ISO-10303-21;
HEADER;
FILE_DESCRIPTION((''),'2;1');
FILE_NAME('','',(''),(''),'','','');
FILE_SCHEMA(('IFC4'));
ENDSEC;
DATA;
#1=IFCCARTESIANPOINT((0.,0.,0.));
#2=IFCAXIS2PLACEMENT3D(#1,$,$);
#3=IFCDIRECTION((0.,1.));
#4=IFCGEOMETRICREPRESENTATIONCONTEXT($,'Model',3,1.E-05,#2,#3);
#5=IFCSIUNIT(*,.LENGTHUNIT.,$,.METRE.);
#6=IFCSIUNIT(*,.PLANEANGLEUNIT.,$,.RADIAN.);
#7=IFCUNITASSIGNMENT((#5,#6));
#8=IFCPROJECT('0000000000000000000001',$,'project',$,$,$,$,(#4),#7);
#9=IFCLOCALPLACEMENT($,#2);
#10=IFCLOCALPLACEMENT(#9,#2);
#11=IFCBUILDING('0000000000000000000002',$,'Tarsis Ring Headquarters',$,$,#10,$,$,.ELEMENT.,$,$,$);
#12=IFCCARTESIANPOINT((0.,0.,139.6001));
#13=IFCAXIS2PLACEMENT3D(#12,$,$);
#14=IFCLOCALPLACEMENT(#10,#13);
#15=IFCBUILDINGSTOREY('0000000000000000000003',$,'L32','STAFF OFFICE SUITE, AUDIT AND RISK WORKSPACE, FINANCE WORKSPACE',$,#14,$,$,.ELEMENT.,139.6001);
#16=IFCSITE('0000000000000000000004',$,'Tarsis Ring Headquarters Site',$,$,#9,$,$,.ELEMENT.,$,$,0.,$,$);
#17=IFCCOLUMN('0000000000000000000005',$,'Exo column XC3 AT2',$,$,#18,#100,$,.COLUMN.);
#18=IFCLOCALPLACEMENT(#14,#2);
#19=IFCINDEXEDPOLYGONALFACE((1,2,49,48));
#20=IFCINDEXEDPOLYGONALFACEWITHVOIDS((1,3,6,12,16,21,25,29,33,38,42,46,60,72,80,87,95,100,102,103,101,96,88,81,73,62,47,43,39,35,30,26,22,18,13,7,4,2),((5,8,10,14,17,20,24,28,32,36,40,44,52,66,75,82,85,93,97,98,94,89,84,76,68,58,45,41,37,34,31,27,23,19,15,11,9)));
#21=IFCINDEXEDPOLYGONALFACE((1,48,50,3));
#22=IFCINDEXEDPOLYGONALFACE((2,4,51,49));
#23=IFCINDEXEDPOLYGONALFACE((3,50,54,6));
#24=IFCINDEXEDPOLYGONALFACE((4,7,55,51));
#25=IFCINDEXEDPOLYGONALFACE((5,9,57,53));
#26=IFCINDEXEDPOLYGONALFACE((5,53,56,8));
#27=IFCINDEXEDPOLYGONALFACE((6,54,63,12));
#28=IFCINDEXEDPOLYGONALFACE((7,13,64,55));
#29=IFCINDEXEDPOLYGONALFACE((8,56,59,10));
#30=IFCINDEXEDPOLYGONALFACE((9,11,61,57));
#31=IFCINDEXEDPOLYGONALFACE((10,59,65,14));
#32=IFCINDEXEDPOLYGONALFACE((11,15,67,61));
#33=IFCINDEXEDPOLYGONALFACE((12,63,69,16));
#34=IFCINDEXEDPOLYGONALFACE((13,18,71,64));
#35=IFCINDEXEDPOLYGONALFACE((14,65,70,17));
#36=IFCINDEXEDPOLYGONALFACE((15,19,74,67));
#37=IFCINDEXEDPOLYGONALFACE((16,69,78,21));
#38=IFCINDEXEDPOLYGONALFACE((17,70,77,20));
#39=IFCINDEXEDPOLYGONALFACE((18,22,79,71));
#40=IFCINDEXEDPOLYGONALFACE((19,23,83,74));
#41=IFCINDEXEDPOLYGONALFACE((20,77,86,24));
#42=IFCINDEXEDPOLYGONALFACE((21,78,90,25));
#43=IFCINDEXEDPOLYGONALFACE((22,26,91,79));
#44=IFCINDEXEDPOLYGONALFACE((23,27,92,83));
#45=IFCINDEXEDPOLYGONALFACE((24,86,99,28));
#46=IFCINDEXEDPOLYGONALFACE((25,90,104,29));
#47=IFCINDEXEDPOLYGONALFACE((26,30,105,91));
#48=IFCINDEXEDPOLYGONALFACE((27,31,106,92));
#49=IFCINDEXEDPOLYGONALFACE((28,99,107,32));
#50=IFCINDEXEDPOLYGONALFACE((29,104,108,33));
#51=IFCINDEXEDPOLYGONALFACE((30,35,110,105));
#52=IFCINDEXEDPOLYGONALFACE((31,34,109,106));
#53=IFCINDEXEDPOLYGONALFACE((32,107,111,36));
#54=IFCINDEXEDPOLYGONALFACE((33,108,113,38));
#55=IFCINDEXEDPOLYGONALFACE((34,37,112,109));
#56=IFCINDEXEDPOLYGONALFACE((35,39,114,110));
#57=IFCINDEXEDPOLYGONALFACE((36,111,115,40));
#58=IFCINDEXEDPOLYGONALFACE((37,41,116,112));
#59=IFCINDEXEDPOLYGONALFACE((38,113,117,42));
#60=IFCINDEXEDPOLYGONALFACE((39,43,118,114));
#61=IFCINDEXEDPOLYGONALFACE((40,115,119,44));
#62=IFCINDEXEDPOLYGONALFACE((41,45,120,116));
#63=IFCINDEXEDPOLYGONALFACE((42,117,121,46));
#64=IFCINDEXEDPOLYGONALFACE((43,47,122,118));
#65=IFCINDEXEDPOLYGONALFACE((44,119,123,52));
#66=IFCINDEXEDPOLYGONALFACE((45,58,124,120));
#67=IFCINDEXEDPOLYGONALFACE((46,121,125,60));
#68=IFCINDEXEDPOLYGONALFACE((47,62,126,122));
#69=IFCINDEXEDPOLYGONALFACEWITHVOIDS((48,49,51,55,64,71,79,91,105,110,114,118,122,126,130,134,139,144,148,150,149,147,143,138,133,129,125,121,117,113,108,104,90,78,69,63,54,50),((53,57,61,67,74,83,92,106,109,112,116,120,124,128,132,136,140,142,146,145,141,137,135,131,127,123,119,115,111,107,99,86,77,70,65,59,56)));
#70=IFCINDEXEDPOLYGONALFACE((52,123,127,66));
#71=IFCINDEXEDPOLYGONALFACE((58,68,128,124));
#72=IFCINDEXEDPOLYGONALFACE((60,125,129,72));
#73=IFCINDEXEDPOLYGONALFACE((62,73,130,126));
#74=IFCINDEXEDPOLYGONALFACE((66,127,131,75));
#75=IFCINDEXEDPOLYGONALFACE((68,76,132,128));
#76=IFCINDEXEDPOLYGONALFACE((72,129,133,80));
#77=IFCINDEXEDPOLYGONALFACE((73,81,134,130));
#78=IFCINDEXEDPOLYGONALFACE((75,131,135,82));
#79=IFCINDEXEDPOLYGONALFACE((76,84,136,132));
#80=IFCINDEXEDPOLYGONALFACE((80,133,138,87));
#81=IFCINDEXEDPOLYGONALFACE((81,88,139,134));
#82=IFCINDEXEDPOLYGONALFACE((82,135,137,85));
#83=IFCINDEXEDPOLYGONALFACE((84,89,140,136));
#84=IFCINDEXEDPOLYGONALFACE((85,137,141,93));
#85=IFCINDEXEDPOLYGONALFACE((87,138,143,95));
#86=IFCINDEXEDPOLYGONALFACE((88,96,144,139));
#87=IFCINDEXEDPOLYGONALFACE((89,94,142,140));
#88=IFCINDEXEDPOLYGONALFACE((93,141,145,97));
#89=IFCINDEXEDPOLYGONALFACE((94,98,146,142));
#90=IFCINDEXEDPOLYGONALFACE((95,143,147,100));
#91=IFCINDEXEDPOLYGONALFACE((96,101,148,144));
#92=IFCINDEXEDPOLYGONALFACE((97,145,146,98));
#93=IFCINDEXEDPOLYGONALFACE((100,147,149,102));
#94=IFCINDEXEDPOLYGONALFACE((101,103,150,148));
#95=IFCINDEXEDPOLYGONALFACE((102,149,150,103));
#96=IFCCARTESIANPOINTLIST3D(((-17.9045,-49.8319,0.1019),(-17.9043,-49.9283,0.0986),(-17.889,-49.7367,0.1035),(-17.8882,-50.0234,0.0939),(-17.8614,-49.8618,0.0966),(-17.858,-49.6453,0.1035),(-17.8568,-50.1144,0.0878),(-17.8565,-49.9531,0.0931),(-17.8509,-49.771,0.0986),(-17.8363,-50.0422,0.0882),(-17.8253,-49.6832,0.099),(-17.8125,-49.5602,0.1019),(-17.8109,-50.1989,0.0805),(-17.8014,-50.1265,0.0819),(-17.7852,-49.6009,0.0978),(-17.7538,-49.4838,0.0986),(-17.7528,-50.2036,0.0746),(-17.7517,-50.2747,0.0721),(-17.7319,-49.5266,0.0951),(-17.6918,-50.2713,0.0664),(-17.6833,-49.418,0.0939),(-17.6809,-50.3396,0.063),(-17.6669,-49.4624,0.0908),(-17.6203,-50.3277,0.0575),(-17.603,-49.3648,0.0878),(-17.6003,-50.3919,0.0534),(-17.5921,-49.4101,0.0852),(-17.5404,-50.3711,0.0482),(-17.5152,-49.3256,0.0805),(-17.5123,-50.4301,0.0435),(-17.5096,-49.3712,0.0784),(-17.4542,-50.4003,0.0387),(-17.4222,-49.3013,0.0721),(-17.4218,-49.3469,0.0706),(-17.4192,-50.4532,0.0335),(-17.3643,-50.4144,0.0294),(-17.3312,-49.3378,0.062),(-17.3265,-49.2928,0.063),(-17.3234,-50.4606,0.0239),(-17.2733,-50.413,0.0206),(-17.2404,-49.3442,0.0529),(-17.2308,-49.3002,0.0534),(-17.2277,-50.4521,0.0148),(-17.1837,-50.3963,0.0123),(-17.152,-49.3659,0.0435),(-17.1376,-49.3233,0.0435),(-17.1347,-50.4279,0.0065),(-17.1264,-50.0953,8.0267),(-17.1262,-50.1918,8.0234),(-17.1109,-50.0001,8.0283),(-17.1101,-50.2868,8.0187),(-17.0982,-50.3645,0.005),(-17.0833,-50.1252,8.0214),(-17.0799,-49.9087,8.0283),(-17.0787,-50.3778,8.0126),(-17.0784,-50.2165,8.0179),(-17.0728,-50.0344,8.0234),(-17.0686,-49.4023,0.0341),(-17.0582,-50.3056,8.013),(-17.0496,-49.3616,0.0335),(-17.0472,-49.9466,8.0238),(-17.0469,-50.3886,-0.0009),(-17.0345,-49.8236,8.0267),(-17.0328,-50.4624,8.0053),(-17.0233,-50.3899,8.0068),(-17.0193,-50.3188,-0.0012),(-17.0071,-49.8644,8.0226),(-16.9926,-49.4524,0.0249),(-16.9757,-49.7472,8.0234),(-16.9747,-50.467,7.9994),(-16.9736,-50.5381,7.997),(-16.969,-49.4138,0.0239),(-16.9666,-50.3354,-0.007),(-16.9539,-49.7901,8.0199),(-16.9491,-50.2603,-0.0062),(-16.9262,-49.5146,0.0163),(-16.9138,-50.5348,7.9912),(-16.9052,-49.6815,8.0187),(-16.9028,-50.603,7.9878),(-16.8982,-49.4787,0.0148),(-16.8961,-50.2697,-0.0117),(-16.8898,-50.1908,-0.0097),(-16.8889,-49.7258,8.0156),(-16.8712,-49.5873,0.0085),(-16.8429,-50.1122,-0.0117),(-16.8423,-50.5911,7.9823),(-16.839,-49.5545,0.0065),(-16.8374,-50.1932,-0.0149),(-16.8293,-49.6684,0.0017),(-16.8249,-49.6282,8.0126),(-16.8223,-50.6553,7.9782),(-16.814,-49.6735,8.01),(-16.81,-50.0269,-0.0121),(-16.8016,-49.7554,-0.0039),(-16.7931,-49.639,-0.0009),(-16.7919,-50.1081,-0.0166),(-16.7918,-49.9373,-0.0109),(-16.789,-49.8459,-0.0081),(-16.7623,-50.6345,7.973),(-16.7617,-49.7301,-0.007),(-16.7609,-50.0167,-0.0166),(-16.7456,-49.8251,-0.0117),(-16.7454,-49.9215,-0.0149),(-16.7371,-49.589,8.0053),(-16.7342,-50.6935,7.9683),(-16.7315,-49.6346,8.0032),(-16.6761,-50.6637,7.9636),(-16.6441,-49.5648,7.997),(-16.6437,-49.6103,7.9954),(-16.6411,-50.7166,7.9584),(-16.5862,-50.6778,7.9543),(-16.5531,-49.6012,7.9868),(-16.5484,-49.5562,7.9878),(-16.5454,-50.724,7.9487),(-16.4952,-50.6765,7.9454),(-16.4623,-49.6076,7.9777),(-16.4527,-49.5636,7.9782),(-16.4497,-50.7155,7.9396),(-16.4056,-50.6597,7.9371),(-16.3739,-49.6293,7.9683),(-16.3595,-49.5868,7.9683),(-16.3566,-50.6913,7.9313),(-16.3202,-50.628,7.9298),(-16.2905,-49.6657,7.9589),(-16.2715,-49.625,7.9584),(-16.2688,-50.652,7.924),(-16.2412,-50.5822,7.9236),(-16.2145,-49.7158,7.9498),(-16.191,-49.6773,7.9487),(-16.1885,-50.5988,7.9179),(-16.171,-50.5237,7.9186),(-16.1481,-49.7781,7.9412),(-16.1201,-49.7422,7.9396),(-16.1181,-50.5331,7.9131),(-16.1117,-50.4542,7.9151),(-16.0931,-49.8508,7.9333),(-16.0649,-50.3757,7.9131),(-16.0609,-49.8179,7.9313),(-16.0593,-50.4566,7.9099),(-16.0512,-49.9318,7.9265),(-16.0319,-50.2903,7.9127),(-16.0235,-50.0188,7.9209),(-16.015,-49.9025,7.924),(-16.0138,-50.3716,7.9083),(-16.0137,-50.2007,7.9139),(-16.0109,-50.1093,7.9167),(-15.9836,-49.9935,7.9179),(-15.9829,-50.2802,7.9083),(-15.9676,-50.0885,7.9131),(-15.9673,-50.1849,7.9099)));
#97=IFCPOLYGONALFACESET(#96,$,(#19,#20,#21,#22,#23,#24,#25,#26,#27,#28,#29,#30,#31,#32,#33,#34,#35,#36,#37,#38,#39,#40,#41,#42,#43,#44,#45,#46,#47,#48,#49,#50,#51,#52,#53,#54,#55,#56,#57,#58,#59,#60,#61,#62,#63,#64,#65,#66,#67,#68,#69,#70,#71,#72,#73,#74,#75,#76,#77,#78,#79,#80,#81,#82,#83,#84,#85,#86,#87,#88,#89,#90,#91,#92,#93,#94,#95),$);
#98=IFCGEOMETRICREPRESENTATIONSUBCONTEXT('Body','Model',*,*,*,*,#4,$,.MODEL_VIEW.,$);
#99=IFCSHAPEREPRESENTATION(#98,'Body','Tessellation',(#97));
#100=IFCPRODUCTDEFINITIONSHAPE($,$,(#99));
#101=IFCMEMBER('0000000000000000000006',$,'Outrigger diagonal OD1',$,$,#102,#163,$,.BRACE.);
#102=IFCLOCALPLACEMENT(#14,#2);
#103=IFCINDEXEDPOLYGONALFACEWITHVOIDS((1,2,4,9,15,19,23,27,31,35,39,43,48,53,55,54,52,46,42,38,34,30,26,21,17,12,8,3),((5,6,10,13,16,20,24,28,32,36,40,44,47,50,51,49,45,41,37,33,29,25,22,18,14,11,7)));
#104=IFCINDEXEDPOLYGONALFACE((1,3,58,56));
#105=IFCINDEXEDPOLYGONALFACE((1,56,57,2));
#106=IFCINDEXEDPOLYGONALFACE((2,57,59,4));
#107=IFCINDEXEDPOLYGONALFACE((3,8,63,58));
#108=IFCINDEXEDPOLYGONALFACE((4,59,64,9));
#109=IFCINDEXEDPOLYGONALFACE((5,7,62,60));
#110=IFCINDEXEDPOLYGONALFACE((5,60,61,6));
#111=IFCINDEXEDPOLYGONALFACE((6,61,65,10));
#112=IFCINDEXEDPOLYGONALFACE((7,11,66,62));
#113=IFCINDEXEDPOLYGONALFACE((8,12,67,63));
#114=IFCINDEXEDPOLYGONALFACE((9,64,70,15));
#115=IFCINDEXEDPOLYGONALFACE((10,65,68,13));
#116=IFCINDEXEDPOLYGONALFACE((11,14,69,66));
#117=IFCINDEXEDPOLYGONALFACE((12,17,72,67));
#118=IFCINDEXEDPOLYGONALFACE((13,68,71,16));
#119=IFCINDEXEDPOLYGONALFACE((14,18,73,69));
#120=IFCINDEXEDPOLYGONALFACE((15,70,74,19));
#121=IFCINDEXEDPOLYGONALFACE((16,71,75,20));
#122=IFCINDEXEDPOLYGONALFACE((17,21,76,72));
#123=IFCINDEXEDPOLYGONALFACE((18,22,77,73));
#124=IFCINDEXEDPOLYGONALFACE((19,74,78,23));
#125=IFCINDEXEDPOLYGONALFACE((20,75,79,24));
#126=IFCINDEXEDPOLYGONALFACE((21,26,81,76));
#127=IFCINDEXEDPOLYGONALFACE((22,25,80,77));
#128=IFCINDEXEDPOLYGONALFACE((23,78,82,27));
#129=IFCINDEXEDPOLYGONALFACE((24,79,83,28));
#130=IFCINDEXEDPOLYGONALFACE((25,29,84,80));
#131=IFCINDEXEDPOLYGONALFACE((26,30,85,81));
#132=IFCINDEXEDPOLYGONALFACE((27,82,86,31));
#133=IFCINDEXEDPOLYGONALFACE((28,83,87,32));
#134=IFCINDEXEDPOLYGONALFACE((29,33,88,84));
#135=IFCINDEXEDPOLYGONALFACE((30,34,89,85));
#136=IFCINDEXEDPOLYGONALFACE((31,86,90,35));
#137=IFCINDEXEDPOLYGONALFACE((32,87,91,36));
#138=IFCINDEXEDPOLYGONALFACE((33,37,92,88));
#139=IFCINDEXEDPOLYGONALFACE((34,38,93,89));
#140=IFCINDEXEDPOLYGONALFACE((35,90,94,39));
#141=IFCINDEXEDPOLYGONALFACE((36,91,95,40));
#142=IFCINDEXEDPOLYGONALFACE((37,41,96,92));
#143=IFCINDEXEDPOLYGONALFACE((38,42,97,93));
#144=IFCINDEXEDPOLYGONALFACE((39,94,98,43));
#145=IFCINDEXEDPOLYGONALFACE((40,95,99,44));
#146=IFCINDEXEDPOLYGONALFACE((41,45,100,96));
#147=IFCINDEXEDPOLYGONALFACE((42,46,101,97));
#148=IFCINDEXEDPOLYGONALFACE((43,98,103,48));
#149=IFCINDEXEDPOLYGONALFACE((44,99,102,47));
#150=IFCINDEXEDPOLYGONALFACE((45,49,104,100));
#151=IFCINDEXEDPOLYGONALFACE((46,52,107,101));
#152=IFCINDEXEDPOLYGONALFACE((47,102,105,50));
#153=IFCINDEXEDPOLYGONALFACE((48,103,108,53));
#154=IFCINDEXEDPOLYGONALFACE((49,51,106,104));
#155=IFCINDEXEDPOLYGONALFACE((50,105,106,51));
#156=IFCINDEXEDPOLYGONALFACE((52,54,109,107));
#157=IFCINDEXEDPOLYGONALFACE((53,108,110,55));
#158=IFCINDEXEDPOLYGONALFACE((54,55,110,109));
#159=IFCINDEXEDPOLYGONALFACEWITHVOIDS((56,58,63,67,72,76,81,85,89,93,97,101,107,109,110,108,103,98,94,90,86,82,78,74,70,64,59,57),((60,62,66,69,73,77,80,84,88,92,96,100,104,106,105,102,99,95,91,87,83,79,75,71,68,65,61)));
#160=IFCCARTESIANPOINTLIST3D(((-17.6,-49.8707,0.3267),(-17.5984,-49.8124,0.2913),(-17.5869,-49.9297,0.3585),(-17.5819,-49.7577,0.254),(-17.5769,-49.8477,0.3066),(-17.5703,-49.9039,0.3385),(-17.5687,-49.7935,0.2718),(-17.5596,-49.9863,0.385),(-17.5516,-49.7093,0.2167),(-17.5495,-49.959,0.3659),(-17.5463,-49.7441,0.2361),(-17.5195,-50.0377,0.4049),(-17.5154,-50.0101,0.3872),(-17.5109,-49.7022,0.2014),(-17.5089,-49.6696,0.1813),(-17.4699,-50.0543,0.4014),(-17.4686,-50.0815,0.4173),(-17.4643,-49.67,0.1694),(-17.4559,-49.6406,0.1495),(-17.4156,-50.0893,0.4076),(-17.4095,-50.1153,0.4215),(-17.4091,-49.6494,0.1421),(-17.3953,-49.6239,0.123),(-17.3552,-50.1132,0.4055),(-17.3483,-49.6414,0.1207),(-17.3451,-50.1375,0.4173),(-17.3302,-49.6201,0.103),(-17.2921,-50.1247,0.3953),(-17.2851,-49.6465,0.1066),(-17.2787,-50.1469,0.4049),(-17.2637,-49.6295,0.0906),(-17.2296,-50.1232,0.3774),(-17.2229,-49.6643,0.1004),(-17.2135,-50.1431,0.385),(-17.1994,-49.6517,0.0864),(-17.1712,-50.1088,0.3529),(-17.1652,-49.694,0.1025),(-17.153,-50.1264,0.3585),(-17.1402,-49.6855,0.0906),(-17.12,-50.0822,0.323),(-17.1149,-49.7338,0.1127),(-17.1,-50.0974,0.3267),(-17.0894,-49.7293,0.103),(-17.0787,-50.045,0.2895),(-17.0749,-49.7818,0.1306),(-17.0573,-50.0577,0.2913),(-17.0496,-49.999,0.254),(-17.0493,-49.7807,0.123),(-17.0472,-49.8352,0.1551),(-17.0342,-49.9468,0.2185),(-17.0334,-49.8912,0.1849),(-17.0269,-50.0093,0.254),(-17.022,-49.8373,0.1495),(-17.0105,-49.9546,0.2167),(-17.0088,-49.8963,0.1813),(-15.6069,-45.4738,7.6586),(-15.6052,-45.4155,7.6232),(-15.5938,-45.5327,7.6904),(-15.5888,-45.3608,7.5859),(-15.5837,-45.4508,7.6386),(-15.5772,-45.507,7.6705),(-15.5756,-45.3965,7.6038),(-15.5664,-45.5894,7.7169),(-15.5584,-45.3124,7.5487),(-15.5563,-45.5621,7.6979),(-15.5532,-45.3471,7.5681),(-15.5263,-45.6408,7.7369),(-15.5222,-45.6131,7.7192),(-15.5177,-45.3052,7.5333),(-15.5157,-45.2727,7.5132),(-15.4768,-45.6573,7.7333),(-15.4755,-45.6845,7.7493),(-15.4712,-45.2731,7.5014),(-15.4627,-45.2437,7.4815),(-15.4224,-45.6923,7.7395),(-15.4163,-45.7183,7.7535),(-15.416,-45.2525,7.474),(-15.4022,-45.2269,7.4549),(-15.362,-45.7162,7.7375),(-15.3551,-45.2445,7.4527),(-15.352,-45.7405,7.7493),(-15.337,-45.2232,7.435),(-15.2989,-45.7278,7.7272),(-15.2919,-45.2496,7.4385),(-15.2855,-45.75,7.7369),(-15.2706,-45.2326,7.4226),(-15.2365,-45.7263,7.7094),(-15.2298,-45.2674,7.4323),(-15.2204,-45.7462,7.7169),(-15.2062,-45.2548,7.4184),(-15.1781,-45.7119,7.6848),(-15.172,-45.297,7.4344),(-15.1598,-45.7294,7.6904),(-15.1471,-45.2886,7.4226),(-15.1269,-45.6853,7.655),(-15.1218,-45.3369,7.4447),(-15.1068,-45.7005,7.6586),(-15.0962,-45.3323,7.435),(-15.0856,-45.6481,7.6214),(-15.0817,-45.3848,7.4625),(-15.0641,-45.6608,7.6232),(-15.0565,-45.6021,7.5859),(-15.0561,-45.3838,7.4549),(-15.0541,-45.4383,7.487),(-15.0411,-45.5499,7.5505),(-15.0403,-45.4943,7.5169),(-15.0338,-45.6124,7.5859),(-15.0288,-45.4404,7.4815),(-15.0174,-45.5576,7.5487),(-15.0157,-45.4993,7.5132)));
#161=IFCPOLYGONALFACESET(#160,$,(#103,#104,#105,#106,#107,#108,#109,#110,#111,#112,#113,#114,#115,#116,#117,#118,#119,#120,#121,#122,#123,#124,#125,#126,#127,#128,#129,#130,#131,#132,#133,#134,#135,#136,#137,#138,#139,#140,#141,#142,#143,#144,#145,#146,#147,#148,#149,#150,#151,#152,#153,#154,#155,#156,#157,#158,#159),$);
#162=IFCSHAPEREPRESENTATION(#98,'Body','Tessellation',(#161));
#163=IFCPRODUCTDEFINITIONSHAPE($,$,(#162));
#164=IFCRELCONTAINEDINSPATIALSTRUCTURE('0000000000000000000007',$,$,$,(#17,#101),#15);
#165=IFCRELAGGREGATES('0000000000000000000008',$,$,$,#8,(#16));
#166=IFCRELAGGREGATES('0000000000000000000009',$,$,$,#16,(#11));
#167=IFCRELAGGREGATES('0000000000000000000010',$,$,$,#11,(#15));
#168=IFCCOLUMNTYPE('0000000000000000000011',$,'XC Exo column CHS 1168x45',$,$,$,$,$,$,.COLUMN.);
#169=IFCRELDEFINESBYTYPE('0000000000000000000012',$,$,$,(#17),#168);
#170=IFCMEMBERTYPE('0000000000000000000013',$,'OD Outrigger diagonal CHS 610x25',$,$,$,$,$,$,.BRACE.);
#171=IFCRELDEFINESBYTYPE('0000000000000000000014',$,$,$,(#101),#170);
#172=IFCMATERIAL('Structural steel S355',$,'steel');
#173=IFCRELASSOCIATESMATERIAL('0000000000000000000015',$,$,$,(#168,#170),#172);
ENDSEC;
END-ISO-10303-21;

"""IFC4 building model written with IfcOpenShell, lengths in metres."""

from ifc_helpers import new_model, si_unit, direction, frame, origin, origin_2d, place, context, subcontext, project, spatial, hollow_circle, extrude, material, material_profile, profile_set, type_object, element, save


model = new_model("IFC4")

# Units and contexts
model_context = context("Model", 3, precision=1e-05, world=origin(), true_north=direction((0.0, 1.0)))
body_context = subcontext(model_context, "Body", "Model", "MODEL_VIEW")
ifc_project = project(units=[si_unit("LENGTHUNIT", "METRE"), si_unit("PLANEANGLEUNIT", "RADIAN")], contexts=[model_context])

# Site, building, storey
site_placement = place(None, origin())
site = spatial("IfcSite", under=ifc_project, at=site_placement, Name="Tarsis Ring Headquarters Site", CompositionType="ELEMENT", RefElevation=0.0)
building_placement = place(site_placement, origin())
building = spatial("IfcBuilding", under=site, at=building_placement, Name="Tarsis Ring Headquarters", CompositionType="ELEMENT")
storey_placement = place(building_placement, frame((0.0, 0.0, 139.6001)))
storey = spatial("IfcBuildingStorey", under=building, at=storey_placement, Name="L32", Description="STAFF OFFICE SUITE, AUDIT AND RISK WORKSPACE, FINANCE WORKSPACE", CompositionType="ELEMENT", Elevation=139.6001)

# Column
ifc_material_1 = material(Name="Structural steel S355", Category="steel")
ifc_material_profile_1 = material_profile(ifc_material_1, hollow_circle(Radius=0.5842, WallThickness=0.0449, at=origin_2d()), Name="CHS 1168x45")
ifc_profile_set_1 = profile_set([ifc_material_profile_1], Name="Structural steel S355")
column_type = type_object("IfcColumnType", Name="XC Exo column CHS 1168x45", PredefinedType="COLUMN", material=ifc_profile_set_1)
column_placement = place(storey_placement, frame((-17.325, -49.8767, 0.0435), z_axis=(0.097659, -0.033064, 0.994671), x_axis=(0.320682, 0.947187, 0.0)))
element("IfcColumn", 1, at=column_placement, inside=storey, type_object=column_type, Name="Exo column XC3 AT2", PredefinedType="COLUMN", context=body_context, shape_type="SweptSolid", body=[
    extrude(hollow_circle(Radius=0.5842, WallThickness=0.0449, at=origin_2d()), origin(), (0.0, 0.0, 1.0), 7.9673),
])

# Member
ifc_material_profile_2 = material_profile(ifc_material_1, hollow_circle(Radius=0.3047, WallThickness=0.0249, at=origin_2d()), Name="CHS 610x25")
ifc_profile_set_2 = profile_set([ifc_material_profile_2], Name="Structural steel S355")
member_type_1 = type_object("IfcMemberType", Name="OD Outrigger diagonal CHS 610x25", PredefinedType="BRACE", material=ifc_profile_set_2)
member_1_placement = place(storey_placement, frame((-15.3113, -45.4866, 7.5859), z_axis=(-0.227047, -0.500871, -0.835211), x_axis=(0.910792, -0.412865, 0.0)))
element("IfcMember", 2, at=member_1_placement, inside=storey, type_object=member_type_1, Name="Outrigger diagonal OD1", PredefinedType="BRACE", context=body_context, shape_type="SweptSolid", body=[
    extrude(hollow_circle(Radius=0.3047, WallThickness=0.0249, at=origin_2d()), origin(), (0.0, 0.0, 1.0), 8.7786),
])

save(model, "model.ifc")
